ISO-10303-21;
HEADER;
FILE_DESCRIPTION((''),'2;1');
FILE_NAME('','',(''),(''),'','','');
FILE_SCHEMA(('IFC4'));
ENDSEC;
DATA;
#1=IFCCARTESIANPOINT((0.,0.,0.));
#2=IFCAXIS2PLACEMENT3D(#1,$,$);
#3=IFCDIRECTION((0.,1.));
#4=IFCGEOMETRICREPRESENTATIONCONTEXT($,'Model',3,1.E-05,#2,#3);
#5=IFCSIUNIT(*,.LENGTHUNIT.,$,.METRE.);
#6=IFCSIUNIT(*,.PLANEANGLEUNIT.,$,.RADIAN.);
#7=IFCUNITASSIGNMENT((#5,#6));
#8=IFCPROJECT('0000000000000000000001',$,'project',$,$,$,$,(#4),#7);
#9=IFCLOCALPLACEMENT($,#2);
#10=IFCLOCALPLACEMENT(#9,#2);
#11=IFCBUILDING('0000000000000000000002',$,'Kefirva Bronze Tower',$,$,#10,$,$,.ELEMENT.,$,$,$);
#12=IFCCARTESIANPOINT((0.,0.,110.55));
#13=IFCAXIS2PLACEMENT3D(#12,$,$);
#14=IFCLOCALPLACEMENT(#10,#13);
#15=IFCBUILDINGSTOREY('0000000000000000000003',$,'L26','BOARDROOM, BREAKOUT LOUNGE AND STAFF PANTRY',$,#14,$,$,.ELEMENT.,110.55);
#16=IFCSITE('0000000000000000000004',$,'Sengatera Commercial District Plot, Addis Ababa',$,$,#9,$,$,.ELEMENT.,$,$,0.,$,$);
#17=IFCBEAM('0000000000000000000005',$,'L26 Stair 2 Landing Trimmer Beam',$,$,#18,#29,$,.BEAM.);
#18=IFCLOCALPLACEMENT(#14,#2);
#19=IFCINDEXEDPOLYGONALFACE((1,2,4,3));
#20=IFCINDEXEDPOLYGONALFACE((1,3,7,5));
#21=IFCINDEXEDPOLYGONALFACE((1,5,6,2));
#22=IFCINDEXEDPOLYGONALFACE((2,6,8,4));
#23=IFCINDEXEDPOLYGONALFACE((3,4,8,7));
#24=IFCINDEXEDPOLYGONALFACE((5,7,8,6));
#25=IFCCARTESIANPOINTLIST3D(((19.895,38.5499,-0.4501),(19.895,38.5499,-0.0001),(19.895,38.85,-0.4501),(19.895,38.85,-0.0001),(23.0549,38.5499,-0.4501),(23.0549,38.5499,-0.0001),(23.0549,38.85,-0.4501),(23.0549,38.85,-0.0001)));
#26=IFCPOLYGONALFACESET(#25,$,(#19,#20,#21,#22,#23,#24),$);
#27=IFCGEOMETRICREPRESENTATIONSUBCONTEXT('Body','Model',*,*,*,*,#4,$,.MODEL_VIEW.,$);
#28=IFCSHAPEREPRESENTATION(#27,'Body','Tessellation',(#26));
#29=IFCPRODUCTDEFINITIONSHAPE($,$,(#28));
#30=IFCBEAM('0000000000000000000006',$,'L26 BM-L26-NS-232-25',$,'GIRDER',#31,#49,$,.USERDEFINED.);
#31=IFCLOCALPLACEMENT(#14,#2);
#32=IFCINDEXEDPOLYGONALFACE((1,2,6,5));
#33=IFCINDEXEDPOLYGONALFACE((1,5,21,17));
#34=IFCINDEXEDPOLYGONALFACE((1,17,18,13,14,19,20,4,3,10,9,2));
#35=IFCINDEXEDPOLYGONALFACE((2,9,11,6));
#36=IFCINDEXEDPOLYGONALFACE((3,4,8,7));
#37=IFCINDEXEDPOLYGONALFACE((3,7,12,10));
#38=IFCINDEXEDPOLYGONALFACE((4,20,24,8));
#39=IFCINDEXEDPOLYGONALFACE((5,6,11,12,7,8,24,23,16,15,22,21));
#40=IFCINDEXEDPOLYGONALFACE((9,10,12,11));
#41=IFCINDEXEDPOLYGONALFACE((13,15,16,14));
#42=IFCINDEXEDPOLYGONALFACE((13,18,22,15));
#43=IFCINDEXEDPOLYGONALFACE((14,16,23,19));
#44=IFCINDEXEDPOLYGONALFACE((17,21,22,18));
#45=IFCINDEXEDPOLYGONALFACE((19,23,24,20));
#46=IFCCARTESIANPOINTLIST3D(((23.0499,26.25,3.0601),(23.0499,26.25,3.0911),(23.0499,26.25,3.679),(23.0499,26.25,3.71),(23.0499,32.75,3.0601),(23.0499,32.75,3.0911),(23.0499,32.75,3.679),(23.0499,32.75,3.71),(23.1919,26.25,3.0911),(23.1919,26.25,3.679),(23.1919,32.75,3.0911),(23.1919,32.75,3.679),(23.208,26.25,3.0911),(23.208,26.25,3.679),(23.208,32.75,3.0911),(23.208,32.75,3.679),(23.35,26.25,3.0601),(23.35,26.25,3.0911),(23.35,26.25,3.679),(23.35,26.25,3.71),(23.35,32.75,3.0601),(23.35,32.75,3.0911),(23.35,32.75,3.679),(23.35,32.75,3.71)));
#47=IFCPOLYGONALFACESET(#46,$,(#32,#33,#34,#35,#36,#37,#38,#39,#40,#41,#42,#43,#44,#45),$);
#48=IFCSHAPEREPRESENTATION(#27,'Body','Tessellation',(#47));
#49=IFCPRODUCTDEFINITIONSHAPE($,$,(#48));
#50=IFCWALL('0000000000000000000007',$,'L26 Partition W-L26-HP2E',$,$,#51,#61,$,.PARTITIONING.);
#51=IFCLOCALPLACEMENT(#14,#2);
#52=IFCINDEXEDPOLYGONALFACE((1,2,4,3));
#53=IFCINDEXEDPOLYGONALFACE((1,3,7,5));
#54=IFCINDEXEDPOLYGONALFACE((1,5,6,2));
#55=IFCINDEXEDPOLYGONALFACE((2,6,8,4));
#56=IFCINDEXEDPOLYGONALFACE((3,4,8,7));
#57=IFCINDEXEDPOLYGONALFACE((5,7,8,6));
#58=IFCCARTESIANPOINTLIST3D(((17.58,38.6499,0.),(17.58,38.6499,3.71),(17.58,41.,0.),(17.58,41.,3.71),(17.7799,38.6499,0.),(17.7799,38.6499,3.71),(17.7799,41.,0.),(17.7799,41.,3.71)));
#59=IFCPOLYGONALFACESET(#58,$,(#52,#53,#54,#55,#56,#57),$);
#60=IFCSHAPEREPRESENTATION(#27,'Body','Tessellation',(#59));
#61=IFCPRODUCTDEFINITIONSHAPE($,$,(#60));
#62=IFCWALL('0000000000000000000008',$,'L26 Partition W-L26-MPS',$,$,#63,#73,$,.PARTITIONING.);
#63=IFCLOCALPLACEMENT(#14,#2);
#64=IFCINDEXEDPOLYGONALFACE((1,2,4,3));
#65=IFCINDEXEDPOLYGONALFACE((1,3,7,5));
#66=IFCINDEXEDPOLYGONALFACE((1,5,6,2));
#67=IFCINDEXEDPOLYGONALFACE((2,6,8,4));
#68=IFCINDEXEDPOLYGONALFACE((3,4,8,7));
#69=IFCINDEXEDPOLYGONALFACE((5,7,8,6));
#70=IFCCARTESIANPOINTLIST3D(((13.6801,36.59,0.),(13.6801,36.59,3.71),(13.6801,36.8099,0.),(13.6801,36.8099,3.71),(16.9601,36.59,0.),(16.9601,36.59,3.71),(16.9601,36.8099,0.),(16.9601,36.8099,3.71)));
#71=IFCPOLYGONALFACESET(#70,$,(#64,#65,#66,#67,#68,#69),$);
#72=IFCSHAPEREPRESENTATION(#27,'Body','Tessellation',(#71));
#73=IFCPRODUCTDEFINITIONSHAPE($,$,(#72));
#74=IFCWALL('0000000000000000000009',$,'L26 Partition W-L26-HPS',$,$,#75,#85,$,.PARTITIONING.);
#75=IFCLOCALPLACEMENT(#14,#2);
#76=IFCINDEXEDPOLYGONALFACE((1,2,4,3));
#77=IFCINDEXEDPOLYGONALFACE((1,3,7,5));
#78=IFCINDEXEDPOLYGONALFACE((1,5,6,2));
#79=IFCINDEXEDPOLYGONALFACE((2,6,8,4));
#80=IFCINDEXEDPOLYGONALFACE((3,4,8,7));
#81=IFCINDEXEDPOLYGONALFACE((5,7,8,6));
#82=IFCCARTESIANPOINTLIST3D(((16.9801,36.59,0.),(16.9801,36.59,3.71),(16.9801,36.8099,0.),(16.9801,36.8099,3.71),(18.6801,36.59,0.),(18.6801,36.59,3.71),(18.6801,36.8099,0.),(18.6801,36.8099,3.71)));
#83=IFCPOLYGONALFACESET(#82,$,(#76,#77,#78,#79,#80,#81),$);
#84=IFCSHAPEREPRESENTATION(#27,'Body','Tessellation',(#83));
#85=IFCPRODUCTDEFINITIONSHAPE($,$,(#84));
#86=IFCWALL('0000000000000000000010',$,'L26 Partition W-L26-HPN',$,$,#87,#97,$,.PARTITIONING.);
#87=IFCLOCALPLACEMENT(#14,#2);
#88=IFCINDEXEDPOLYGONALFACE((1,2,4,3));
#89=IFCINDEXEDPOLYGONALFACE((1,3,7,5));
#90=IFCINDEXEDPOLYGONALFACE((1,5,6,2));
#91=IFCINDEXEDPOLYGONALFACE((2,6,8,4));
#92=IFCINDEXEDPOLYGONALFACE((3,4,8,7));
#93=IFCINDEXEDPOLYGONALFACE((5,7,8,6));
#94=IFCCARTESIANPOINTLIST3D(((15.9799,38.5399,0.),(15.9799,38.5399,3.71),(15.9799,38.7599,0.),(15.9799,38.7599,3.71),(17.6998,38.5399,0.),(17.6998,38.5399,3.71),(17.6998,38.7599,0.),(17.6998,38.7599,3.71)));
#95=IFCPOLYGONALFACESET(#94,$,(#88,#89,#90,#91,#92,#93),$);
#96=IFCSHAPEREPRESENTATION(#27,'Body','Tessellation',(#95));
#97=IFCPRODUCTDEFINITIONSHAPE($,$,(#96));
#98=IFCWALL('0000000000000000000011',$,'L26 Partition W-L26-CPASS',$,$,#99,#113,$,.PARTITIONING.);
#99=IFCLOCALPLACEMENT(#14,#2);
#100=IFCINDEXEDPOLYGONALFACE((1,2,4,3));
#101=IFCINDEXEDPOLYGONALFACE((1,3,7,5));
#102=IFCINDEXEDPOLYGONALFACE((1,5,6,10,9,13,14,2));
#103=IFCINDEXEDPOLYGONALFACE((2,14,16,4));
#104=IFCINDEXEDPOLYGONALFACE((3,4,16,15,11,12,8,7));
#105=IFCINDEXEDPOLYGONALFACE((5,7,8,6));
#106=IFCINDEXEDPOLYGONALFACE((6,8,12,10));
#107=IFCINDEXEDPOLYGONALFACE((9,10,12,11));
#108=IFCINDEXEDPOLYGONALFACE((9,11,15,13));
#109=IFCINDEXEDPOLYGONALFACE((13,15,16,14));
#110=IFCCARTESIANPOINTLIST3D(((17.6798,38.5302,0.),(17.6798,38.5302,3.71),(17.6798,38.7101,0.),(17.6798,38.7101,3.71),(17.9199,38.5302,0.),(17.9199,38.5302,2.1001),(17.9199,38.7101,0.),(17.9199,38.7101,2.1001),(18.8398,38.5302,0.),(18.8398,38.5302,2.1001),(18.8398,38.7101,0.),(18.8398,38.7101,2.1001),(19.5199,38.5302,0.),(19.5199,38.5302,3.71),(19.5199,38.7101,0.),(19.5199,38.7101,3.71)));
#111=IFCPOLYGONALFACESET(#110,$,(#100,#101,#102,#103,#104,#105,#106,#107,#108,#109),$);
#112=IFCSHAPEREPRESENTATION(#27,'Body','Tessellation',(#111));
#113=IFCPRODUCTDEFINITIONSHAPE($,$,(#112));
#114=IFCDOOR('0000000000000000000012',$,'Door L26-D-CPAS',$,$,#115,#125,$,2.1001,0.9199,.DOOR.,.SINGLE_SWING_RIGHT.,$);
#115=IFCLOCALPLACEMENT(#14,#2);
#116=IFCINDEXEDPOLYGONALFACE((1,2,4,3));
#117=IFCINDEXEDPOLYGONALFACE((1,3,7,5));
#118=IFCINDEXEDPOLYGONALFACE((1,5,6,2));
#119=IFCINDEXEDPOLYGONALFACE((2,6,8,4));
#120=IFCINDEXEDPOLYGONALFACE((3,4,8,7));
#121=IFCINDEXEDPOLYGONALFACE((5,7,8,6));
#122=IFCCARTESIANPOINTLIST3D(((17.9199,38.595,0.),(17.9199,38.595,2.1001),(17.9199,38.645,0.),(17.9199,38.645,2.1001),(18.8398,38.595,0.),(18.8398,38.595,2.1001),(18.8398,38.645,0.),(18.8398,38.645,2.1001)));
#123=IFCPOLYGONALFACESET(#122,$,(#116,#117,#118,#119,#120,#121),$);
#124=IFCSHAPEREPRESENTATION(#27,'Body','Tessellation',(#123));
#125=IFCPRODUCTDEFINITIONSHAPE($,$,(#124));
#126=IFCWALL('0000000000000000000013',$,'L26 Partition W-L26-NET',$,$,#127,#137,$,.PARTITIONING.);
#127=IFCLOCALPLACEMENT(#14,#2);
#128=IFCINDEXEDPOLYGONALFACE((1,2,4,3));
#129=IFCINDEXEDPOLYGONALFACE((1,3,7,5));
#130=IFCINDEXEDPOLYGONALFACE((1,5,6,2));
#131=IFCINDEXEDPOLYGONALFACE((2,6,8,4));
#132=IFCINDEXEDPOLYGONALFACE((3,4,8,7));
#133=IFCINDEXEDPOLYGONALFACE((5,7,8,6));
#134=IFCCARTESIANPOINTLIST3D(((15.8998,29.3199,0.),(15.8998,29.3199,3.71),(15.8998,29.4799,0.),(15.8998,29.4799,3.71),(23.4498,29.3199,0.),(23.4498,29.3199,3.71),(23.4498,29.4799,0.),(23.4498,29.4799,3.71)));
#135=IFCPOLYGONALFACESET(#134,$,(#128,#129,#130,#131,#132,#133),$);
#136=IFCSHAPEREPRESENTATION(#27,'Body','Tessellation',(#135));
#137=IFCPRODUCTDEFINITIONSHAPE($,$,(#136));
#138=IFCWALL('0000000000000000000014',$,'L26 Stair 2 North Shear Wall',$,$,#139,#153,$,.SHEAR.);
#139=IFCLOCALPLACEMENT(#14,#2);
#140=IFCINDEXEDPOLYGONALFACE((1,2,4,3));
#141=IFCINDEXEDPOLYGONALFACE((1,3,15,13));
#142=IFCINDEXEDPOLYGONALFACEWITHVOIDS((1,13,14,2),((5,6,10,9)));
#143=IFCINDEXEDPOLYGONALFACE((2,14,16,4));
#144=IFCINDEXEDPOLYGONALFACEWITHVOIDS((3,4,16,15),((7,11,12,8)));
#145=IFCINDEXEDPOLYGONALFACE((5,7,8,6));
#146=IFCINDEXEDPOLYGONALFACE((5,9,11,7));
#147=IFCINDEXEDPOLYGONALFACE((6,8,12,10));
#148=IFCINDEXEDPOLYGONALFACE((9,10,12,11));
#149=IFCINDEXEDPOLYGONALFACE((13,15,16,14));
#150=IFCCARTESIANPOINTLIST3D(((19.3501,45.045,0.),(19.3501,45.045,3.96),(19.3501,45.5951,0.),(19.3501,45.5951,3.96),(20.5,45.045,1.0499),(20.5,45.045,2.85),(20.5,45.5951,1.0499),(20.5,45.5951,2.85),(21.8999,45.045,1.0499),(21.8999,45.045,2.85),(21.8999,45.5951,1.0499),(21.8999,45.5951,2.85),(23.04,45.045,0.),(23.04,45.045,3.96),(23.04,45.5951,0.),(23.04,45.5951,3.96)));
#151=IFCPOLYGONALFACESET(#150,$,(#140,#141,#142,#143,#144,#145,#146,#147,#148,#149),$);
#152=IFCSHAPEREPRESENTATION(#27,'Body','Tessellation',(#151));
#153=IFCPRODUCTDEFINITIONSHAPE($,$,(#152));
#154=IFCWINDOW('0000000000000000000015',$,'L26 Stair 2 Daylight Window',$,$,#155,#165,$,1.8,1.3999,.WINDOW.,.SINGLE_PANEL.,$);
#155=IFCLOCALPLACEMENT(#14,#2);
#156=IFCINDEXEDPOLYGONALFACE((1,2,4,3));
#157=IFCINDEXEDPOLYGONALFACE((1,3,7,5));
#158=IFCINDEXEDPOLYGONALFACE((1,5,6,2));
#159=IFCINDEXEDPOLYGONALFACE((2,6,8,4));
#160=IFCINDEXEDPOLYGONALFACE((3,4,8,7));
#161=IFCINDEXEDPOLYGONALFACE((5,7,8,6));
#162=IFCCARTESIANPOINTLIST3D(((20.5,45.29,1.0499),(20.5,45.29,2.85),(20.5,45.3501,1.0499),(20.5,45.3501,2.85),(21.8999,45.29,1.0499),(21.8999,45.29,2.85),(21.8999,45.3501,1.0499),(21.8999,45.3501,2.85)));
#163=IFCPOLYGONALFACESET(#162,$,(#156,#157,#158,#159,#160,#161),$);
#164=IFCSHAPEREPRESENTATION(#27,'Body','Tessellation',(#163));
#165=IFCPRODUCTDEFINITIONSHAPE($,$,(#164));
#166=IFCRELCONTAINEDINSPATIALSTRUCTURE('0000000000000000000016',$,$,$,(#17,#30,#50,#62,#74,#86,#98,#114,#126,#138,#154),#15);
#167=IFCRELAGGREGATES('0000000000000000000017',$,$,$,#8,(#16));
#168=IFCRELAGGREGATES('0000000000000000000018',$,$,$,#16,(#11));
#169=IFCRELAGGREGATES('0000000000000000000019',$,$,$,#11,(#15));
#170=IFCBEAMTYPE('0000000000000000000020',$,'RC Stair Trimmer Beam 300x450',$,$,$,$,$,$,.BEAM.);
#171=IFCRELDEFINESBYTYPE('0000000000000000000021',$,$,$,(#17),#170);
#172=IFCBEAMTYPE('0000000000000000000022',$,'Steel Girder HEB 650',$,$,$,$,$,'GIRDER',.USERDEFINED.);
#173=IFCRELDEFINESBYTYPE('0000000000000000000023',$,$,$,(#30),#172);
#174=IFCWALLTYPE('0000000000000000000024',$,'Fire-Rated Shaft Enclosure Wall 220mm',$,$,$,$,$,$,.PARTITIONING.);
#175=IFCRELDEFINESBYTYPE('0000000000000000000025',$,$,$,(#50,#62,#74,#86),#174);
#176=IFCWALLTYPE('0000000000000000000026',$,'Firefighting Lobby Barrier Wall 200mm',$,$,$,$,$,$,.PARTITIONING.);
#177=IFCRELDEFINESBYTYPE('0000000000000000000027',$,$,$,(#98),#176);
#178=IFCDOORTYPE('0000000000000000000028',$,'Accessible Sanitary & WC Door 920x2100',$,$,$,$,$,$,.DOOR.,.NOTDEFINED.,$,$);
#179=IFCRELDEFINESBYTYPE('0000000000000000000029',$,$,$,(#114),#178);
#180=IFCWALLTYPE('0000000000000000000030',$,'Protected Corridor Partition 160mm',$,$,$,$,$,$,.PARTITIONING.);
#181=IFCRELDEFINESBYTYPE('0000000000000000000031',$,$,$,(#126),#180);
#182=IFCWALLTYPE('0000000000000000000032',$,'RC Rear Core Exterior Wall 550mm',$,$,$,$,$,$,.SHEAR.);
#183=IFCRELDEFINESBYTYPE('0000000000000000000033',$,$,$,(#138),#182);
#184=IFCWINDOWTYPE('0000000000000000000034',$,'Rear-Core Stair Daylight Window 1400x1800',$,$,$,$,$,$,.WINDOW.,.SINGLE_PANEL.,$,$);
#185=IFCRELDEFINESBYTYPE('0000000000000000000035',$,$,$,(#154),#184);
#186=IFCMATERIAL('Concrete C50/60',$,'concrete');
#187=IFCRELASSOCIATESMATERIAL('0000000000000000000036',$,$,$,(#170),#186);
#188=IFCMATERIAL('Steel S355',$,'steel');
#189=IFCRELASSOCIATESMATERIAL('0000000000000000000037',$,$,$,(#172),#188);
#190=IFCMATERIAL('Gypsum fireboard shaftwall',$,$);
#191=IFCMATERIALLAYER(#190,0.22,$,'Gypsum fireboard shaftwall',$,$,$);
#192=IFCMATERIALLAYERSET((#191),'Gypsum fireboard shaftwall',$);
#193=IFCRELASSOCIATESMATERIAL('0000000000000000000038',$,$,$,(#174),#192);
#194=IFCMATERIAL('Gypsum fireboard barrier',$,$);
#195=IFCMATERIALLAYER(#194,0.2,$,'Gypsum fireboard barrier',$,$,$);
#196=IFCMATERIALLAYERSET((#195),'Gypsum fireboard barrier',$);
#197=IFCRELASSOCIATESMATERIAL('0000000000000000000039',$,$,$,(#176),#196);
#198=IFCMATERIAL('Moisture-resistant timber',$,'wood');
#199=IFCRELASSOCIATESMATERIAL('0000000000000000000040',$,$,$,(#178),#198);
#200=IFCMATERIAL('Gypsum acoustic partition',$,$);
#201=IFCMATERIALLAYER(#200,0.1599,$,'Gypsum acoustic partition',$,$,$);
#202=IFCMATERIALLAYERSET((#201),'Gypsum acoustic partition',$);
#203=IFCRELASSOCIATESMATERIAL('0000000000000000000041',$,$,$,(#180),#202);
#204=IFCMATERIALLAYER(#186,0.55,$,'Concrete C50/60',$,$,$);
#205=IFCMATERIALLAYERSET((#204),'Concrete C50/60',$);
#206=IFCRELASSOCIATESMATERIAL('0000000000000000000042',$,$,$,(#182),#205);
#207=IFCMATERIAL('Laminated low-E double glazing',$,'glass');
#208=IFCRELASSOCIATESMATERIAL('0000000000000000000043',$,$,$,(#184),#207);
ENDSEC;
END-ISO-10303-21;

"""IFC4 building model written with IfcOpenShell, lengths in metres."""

from ifc_helpers import new_model, si_unit, direction, frame, frame_2d, origin, origin_2d, place, context, subcontext, project, spatial, rectangle, i_section, extrude, material, layer, layer_set, material_profile, profile_set, type_object, element, fill, save


model = new_model("IFC4")

# Units and contexts
model_context = context("Model", 3, precision=1e-05, world=origin(), true_north=direction((0.0, 1.0)))
body_context = subcontext(model_context, "Body", "Model", "MODEL_VIEW")
ifc_project = project(units=[si_unit("LENGTHUNIT", "METRE"), si_unit("PLANEANGLEUNIT", "RADIAN")], contexts=[model_context])

# Site, building, storey
site_placement = place(None, origin())
site = spatial("IfcSite", under=ifc_project, at=site_placement, Name="Sengatera Commercial District Plot, Addis Ababa", CompositionType="ELEMENT", RefElevation=0.0)
building_placement = place(site_placement, origin())
building = spatial("IfcBuilding", under=site, at=building_placement, Name="Kefirva Bronze Tower", CompositionType="ELEMENT")
storey_placement = place(building_placement, frame((0.0, 0.0, 110.55)))
storey = spatial("IfcBuildingStorey", under=building, at=storey_placement, Name="L26", Description="BOARDROOM, BREAKOUT LOUNGE AND STAFF PANTRY", CompositionType="ELEMENT", Elevation=110.55)

# Beams
ifc_material_1 = material(Name="Concrete C50/60", Category="concrete")
ifc_material_profile_1 = material_profile(ifc_material_1, rectangle(XDim=0.3, YDim=0.45, at=origin_2d()), Name="RC 300x450")
ifc_profile_set_1 = profile_set([ifc_material_profile_1], Name="Concrete C50/60")
beam_type_1 = type_object("IfcBeamType", Name="RC Stair Trimmer Beam 300x450", PredefinedType="BEAM", material=ifc_profile_set_1)
beam_1_placement = place(storey_placement, frame((19.895, 38.7, -0.2251), z_axis=(1.0, 0.0, 0.0), x_axis=(0.0, 1.0, 0.0)))
element("IfcBeam", 1, at=beam_1_placement, inside=storey, type_object=beam_type_1, Name="L26 Stair 2 Landing Trimmer Beam", PredefinedType="BEAM", context=body_context, shape_type="SweptSolid", body=[
    extrude(rectangle(XDim=0.3, YDim=0.45, at=origin_2d()), origin(), (0.0, 0.0, 1.0), 3.1599),
])
ifc_material_2 = material(Name="Steel S355", Category="steel")
ifc_material_profile_2 = material_profile(ifc_material_2, i_section(OverallWidth=0.3, OverallDepth=0.6499, WebThickness=0.0161, FlangeThickness=0.031, at=origin_2d()), Name="HEB 650")
ifc_profile_set_2 = profile_set([ifc_material_profile_2], Name="Steel S355")
beam_type_2 = type_object("IfcBeamType", Name="Steel Girder HEB 650", ElementType="GIRDER", PredefinedType="USERDEFINED", material=ifc_profile_set_2)
beam_2_placement = place(storey_placement, frame((23.2, 26.25, 3.385), z_axis=(0.0, 1.0, 0.0), x_axis=(-1.0, 0.0, 0.0)))
element("IfcBeam", 2, at=beam_2_placement, inside=storey, type_object=beam_type_2, Name="L26 BM-L26-NS-232-25", ObjectType="GIRDER", PredefinedType="USERDEFINED", context=body_context, shape_type="SweptSolid", body=[
    extrude(i_section(OverallWidth=0.3, OverallDepth=0.6499, WebThickness=0.0161, FlangeThickness=0.031, at=origin_2d()), origin(), (0.0, 0.0, 1.0), 6.5),
])

# Shared definitions
ifc_material_3 = material(Name="Gypsum fireboard shaftwall")
ifc_layer_1 = layer(ifc_material_3, 0.22, Name="Gypsum fireboard shaftwall")
ifc_layer_set_1 = layer_set([ifc_layer_1], Name="Gypsum fireboard shaftwall")
wall_type_1 = type_object("IfcWallType", Name="Fire-Rated Shaft Enclosure Wall 220mm", PredefinedType="PARTITIONING", material=ifc_layer_set_1)

# Walls
wall_1_placement = place(storey_placement, frame((17.6799, 38.6499, 0.0), z_axis=(0.0, 0.0, 1.0), x_axis=(0.0, 1.0, 0.0)))
element("IfcWall", 3, at=wall_1_placement, inside=storey, type_object=wall_type_1, Name="L26 Partition W-L26-HP2E", PredefinedType="PARTITIONING", context=body_context, shape_type="SweptSolid", body=[
    extrude(rectangle(XDim=2.3501, YDim=0.2, at=frame_2d((1.175, 0.0))), origin(), (0.0, 0.0, 1.0), 3.71),
])
wall_2_placement = place(storey_placement, frame((13.6799, 36.7, 0.0), z_axis=(0.0, 0.0, 1.0), x_axis=(1.0, 0.0, 0.0)))
element("IfcWall", 4, at=wall_2_placement, inside=storey, type_object=wall_type_1, Name="L26 Partition W-L26-MPS", PredefinedType="PARTITIONING", context=body_context, shape_type="SweptSolid", body=[
    extrude(rectangle(XDim=3.28, YDim=0.22, at=frame_2d((1.6401, 0.0))), origin(), (0.0, 0.0, 1.0), 3.71),
])
wall_3_placement = place(storey_placement, frame((16.98, 36.7, 0.0), z_axis=(0.0, 0.0, 1.0), x_axis=(1.0, 0.0, 0.0)))
element("IfcWall", 5, at=wall_3_placement, inside=storey, type_object=wall_type_1, Name="L26 Partition W-L26-HPS", PredefinedType="PARTITIONING", context=body_context, shape_type="SweptSolid", body=[
    extrude(rectangle(XDim=1.7, YDim=0.22, at=frame_2d((0.8501, 0.0))), origin(), (0.0, 0.0, 1.0), 3.71),
])
wall_4_placement = place(storey_placement, frame((15.98, 38.6499, 0.0), z_axis=(0.0, 0.0, 1.0), x_axis=(1.0, 0.0, 0.0)))
element("IfcWall", 6, at=wall_4_placement, inside=storey, type_object=wall_type_1, Name="L26 Partition W-L26-HPN", PredefinedType="PARTITIONING", context=body_context, shape_type="SweptSolid", body=[
    extrude(rectangle(XDim=1.72, YDim=0.22, at=frame_2d((0.8599, 0.0))), origin(), (0.0, 0.0, 1.0), 3.71),
])

# Wall, opening, door
ifc_material_4 = material(Name="Gypsum fireboard barrier")
ifc_layer_2 = layer(ifc_material_4, 0.2, Name="Gypsum fireboard barrier")
ifc_layer_set_2 = layer_set([ifc_layer_2], Name="Gypsum fireboard barrier")
wall_type_2 = type_object("IfcWallType", Name="Firefighting Lobby Barrier Wall 200mm", PredefinedType="PARTITIONING", material=ifc_layer_set_2)
wall_5_placement = place(storey_placement, frame((17.6799, 38.6201, 0.0), z_axis=(0.0, 0.0, 1.0), x_axis=(1.0, 0.0, 0.0)))
wall_5 = element("IfcWall", 7, at=wall_5_placement, inside=storey, type_object=wall_type_2, Name="L26 Partition W-L26-CPASS", PredefinedType="PARTITIONING", context=body_context, shape_type="SweptSolid", body=[
    extrude(rectangle(XDim=1.8401, YDim=0.1799, at=frame_2d((0.9199, 0.0))), origin(), (0.0, 0.0, 1.0), 3.71),
])
opening_1_placement = place(wall_5_placement, frame((0.24, 0.0, 0.0)))
opening_1 = element("IfcOpeningElement", 8, at=opening_1_placement, cuts=wall_5, PredefinedType="OPENING", context=body_context, shape_type="SweptSolid", body=[
    extrude(rectangle(XDim=0.9199, YDim=2.1001, at=frame_2d((0.46, 1.05))), frame((0.0, 0.1001, 0.0), z_axis=(0.0, -1.0, 0.0), x_axis=(1.0, 0.0, 0.0)), (0.0, 0.0, 1.0), 0.2),
])
ifc_material_5 = material(Name="Moisture-resistant timber", Category="wood")
door_type_1 = type_object("IfcDoorType", Name="Accessible Sanitary & WC Door 920x2100", OperationType="NOTDEFINED", PredefinedType="DOOR", material=ifc_material_5)
door_1_placement = place(opening_1_placement, origin())
door_1 = element("IfcDoor", 9, at=door_1_placement, inside=storey, type_object=door_type_1, Name="Door L26-D-CPAS", OperationType="SINGLE_SWING_RIGHT", OverallHeight=2.1001, OverallWidth=0.9199, PredefinedType="DOOR", context=body_context, shape_type="SweptSolid", body=[
    extrude(rectangle(XDim=0.9199, YDim=2.1001, at=frame_2d((0.46, 1.05))), frame((0.0, 0.0249, 0.0), z_axis=(0.0, -1.0, 0.0), x_axis=(1.0, 0.0, 0.0)), (0.0, 0.0, 1.0), 0.05),
])
fill(opening_1, door_1)

# Wall
ifc_material_6 = material(Name="Gypsum acoustic partition")
ifc_layer_3 = layer(ifc_material_6, 0.1599, Name="Gypsum acoustic partition")
ifc_layer_set_3 = layer_set([ifc_layer_3], Name="Gypsum acoustic partition")
wall_type_3 = type_object("IfcWallType", Name="Protected Corridor Partition 160mm", PredefinedType="PARTITIONING", material=ifc_layer_set_3)
wall_6_placement = place(storey_placement, frame((15.8999, 29.3999, 0.0), z_axis=(0.0, 0.0, 1.0), x_axis=(1.0, 0.0, 0.0)))
element("IfcWall", 10, at=wall_6_placement, inside=storey, type_object=wall_type_3, Name="L26 Partition W-L26-NET", PredefinedType="PARTITIONING", context=body_context, shape_type="SweptSolid", body=[
    extrude(rectangle(XDim=7.55, YDim=0.1599, at=frame_2d((3.7749, 0.0))), origin(), (0.0, 0.0, 1.0), 3.71),
])

# Wall, opening, window
ifc_layer_4 = layer(ifc_material_1, 0.55, Name="Concrete C50/60")
ifc_layer_set_4 = layer_set([ifc_layer_4], Name="Concrete C50/60")
wall_type_4 = type_object("IfcWallType", Name="RC Rear Core Exterior Wall 550mm", PredefinedType="SHEAR", material=ifc_layer_set_4)
wall_7_placement = place(storey_placement, frame((19.3501, 45.3201, 0.0), z_axis=(0.0, 0.0, 1.0), x_axis=(1.0, 0.0, 0.0)))
wall_7 = element("IfcWall", 11, at=wall_7_placement, inside=storey, type_object=wall_type_4, Name="L26 Stair 2 North Shear Wall", PredefinedType="SHEAR", context=body_context, shape_type="SweptSolid", body=[
    extrude(rectangle(XDim=3.6899, YDim=0.55, at=frame_2d((1.845, 0.0))), origin(), (0.0, 0.0, 1.0), 3.96),
])
opening_2_placement = place(wall_7_placement, frame((1.1499, 0.0, 1.05)))
opening_2 = element("IfcOpeningElement", 12, at=opening_2_placement, cuts=wall_7, PredefinedType="OPENING", context=body_context, shape_type="SweptSolid", body=[
    extrude(rectangle(XDim=1.3999, YDim=1.8, at=frame_2d((0.7, 0.8999))), frame((0.0, 0.2852, 0.0), z_axis=(0.0, -1.0, 0.0), x_axis=(1.0, 0.0, 0.0)), (0.0, 0.0, 1.0), 0.5701),
])
ifc_material_7 = material(Name="Laminated low-E double glazing", Category="glass")
window_type = type_object("IfcWindowType", Name="Rear-Core Stair Daylight Window 1400x1800", PartitioningType="SINGLE_PANEL", PredefinedType="WINDOW", material=ifc_material_7)
window_placement = place(opening_2_placement, origin())
window = element("IfcWindow", 13, at=window_placement, inside=storey, type_object=window_type, Name="L26 Stair 2 Daylight Window", OverallHeight=1.8, OverallWidth=1.3999, PartitioningType="SINGLE_PANEL", PredefinedType="WINDOW", context=body_context, shape_type="SweptSolid", body=[
    extrude(rectangle(XDim=1.3999, YDim=1.8, at=frame_2d((0.7, 0.8999))), frame((0.0, 0.03, 0.0), z_axis=(0.0, -1.0, 0.0), x_axis=(1.0, 0.0, 0.0)), (0.0, 0.0, 1.0), 0.0601),
])
fill(opening_2, window)

save(model, "model.ifc")
